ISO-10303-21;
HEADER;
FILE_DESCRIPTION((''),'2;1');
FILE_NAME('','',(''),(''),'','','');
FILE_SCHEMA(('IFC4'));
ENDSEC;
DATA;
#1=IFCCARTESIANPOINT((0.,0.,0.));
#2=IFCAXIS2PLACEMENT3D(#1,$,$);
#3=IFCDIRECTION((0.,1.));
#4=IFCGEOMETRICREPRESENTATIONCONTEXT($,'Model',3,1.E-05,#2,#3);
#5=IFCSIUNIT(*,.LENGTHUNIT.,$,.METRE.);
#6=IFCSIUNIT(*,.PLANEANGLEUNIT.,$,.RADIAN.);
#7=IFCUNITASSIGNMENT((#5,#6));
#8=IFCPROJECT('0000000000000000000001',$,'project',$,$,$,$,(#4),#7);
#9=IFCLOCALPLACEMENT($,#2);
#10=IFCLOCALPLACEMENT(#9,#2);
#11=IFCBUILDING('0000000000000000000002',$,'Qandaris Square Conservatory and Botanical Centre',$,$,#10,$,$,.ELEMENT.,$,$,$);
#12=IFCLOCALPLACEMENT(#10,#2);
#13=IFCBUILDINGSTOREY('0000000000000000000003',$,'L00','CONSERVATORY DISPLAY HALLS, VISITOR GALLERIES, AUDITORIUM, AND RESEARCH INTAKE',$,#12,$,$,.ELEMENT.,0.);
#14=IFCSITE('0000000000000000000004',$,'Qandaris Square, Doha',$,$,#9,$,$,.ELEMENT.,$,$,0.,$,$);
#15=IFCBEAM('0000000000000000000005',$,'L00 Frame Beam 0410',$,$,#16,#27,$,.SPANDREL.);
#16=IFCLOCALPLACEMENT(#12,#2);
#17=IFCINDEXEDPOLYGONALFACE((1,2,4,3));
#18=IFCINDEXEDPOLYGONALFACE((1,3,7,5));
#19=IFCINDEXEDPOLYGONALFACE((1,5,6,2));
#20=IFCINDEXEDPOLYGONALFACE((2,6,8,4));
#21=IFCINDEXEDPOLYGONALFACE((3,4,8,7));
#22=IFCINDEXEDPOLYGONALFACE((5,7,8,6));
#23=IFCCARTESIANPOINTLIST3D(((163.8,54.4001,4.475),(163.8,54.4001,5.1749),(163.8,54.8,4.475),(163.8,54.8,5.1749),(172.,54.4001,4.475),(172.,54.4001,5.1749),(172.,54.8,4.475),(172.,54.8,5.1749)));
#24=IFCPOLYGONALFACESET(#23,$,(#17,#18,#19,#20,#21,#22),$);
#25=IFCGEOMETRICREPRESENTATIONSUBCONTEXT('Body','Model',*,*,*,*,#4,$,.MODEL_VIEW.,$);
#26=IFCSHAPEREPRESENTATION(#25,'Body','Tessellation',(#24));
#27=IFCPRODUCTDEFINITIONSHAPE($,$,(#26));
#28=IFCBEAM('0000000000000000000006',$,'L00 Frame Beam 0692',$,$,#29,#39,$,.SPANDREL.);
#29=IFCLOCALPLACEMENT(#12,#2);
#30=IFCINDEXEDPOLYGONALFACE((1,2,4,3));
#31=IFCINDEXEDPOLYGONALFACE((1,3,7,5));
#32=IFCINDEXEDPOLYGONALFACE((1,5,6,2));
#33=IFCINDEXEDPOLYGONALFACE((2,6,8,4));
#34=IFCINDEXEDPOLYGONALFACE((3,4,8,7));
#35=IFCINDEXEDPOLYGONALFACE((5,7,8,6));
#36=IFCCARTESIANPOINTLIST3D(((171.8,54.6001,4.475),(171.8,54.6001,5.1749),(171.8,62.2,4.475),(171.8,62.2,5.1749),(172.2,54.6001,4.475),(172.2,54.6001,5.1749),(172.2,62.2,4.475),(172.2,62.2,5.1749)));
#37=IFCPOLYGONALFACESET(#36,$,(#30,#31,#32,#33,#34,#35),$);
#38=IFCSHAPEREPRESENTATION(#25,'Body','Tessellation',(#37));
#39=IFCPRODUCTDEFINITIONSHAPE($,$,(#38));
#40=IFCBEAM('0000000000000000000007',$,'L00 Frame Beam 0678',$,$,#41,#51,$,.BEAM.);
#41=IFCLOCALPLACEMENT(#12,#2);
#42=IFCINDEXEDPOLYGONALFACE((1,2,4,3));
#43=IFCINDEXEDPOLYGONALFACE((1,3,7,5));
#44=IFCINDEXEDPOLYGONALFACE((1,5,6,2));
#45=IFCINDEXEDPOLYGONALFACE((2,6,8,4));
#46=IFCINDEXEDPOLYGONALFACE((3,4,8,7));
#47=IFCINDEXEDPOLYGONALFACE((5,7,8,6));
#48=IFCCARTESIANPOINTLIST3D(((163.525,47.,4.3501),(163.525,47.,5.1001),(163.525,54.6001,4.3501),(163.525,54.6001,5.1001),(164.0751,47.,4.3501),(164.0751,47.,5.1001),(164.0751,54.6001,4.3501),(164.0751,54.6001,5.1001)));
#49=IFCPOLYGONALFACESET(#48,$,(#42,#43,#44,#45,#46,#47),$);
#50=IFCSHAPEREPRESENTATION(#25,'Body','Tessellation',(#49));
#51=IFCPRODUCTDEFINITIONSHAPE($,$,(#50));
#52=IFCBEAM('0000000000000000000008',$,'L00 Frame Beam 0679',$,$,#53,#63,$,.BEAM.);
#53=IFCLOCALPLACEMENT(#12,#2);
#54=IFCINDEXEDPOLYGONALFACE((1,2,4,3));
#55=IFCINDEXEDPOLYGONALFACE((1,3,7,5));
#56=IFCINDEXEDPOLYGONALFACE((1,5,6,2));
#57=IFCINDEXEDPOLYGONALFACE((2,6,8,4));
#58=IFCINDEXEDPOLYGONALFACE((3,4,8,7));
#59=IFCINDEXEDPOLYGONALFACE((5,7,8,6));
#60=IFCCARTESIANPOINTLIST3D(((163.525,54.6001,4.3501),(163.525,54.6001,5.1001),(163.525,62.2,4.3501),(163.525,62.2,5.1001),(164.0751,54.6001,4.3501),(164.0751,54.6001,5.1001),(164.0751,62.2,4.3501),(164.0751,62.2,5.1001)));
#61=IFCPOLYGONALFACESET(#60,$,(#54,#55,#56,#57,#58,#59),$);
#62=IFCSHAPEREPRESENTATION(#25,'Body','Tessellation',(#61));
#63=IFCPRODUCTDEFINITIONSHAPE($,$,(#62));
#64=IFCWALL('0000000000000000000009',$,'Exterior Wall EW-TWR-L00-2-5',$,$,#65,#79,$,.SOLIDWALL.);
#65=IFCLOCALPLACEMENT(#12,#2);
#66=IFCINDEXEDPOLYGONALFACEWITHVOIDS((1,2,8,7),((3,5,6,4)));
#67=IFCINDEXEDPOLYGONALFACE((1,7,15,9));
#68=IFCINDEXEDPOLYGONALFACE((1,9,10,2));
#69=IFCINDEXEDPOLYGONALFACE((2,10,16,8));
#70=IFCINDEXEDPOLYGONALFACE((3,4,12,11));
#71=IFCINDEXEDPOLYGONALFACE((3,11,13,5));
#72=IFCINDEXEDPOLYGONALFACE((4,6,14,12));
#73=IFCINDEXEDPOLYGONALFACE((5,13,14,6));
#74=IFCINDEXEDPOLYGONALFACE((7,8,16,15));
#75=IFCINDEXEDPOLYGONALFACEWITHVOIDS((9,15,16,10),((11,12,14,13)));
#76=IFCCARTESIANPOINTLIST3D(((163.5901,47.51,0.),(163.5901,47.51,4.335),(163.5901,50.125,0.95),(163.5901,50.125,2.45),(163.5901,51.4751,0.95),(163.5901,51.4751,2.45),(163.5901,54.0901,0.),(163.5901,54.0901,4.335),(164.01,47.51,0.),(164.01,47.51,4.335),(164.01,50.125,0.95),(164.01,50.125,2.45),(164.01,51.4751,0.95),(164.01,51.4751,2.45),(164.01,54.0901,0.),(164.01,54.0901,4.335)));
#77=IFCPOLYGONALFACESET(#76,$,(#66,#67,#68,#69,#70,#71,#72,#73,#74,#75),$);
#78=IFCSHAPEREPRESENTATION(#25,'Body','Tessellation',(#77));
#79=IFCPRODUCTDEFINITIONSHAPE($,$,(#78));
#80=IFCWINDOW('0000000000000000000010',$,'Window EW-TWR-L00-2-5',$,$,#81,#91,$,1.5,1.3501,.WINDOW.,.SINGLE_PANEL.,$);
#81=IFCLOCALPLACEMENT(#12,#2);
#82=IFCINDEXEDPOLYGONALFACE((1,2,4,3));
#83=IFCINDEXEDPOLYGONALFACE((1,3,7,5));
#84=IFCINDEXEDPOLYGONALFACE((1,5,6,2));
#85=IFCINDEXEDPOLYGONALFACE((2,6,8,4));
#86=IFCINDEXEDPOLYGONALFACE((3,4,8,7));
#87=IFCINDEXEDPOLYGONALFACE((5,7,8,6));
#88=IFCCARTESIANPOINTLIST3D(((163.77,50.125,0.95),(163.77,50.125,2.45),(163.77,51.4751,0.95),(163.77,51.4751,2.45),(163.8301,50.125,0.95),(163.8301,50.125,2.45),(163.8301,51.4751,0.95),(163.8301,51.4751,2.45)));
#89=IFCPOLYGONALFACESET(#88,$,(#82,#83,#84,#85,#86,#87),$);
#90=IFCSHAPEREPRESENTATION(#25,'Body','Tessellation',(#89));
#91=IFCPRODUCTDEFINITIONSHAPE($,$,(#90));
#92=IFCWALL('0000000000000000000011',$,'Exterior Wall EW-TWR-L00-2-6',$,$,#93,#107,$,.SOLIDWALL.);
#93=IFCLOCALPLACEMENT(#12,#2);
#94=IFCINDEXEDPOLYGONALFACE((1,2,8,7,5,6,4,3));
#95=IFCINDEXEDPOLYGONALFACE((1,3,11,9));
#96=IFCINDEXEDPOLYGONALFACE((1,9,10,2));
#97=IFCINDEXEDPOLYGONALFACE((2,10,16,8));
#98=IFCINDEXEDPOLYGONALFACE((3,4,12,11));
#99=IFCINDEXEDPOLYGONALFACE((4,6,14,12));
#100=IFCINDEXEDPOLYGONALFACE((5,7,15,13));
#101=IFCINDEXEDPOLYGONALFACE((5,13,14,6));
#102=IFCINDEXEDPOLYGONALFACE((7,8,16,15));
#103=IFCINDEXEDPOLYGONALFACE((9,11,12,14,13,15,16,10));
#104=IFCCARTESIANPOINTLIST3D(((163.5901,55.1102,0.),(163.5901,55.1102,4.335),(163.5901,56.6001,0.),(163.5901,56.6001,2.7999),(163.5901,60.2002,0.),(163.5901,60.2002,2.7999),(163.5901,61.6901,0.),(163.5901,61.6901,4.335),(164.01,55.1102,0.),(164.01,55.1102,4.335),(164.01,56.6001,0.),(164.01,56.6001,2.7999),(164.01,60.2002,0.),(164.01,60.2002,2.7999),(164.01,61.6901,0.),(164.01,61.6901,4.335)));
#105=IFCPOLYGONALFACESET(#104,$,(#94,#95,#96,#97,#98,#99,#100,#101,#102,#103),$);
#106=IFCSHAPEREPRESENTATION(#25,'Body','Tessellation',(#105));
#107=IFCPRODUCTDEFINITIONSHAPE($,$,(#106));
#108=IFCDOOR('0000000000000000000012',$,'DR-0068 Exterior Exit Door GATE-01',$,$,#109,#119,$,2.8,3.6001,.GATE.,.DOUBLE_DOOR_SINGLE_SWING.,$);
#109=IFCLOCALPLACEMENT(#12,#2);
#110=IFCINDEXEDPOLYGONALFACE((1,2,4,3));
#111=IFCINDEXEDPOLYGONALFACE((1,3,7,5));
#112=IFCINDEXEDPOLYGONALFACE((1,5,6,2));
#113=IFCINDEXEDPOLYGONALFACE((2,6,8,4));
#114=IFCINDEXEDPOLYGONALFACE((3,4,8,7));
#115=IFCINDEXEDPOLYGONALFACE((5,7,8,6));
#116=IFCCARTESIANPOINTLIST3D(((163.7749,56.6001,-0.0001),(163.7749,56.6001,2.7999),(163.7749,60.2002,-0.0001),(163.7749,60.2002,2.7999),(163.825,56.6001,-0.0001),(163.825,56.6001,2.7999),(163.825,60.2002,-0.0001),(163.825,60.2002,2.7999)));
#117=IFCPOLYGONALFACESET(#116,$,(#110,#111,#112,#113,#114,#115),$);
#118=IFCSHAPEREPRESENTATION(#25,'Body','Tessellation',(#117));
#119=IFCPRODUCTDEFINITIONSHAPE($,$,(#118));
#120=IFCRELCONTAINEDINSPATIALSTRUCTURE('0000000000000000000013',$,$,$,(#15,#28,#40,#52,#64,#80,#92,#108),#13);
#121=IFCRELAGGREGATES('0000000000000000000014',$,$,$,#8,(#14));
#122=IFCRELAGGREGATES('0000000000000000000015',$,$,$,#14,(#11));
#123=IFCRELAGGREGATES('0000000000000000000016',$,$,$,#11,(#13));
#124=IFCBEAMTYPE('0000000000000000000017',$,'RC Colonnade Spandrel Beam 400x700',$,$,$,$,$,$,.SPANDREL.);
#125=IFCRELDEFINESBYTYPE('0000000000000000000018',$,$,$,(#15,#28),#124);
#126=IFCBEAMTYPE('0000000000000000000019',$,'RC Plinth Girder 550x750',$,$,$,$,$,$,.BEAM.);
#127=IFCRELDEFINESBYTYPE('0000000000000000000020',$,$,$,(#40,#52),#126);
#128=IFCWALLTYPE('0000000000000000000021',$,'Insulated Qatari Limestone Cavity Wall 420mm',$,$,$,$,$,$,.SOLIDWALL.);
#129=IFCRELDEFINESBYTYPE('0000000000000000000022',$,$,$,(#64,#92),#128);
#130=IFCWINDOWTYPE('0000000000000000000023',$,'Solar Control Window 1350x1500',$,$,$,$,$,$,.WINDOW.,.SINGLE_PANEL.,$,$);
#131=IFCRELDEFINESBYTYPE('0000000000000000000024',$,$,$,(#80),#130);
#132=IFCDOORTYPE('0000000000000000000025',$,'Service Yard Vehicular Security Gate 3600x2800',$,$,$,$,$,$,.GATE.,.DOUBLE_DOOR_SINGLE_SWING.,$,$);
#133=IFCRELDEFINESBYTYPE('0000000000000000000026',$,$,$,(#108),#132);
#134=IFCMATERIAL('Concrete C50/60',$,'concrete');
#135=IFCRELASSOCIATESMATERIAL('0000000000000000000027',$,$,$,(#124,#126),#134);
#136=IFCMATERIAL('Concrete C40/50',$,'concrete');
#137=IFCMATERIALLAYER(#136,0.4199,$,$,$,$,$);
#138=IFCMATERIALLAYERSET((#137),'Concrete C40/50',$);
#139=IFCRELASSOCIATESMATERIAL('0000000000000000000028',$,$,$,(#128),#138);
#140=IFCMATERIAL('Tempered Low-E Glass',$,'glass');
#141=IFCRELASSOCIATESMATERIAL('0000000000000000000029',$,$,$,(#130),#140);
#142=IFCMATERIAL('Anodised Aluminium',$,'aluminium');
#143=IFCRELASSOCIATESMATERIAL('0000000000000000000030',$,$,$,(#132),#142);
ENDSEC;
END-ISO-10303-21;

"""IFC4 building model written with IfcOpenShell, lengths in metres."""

from ifc_helpers import new_model, si_unit, direction, frame, frame_2d, origin, origin_2d, place, context, subcontext, project, spatial, rectangle, extrude, material, layer, layer_set, material_profile, profile_set, type_object, element, fill, save


model = new_model("IFC4")

# Units and contexts
model_context = context("Model", 3, precision=1e-05, world=origin(), true_north=direction((0.0, 1.0)))
body_context = subcontext(model_context, "Body", "Model", "MODEL_VIEW")
ifc_project = project(units=[si_unit("LENGTHUNIT", "METRE"), si_unit("PLANEANGLEUNIT", "RADIAN")], contexts=[model_context])

# Site, building, storey
site_placement = place(None, origin())
site = spatial("IfcSite", under=ifc_project, at=site_placement, Name="Qandaris Square, Doha", CompositionType="ELEMENT", RefElevation=0.0)
building_placement = place(site_placement, origin())
building = spatial("IfcBuilding", under=site, at=building_placement, Name="Qandaris Square Conservatory and Botanical Centre", CompositionType="ELEMENT")
storey_placement = place(building_placement, origin())
storey = spatial("IfcBuildingStorey", under=building, at=storey_placement, Name="L00", Description="CONSERVATORY DISPLAY HALLS, VISITOR GALLERIES, AUDITORIUM, AND RESEARCH INTAKE", CompositionType="ELEMENT", Elevation=0.0)

# Shared definitions
ifc_material_1 = material(Name="Concrete C40/50", Category="concrete")

# Shared definitions
ifc_material_2 = material(Name="Concrete C50/60", Category="concrete")

# Beams
ifc_material_profile_1 = material_profile(ifc_material_2, rectangle(XDim=0.3999, YDim=0.7, at=origin_2d()), Name="RC-SP 400x700")
ifc_profile_set_1 = profile_set([ifc_material_profile_1], Name="Concrete C50/60")
beam_type_1 = type_object("IfcBeamType", Name="RC Colonnade Spandrel Beam 400x700", PredefinedType="SPANDREL", material=ifc_profile_set_1)
beam_1_placement = place(storey_placement, frame((163.8, 54.6001, 4.825), z_axis=(1.0, 0.0, 0.0), x_axis=(0.0, 1.0, 0.0)))
element("IfcBeam", 1, at=beam_1_placement, inside=storey, type_object=beam_type_1, Name="L00 Frame Beam 0410", PredefinedType="SPANDREL", context=body_context, shape_type="SweptSolid", body=[
    extrude(rectangle(XDim=0.3999, YDim=0.7, at=origin_2d()), origin(), (0.0, 0.0, 1.0), 8.2),
])
beam_2_placement = place(storey_placement, frame((172.0, 54.6001, 4.825), z_axis=(0.0, 1.0, 0.0), x_axis=(-1.0, 0.0, 0.0)))
element("IfcBeam", 2, at=beam_2_placement, inside=storey, type_object=beam_type_1, Name="L00 Frame Beam 0692", PredefinedType="SPANDREL", context=body_context, shape_type="SweptSolid", body=[
    extrude(rectangle(XDim=0.3999, YDim=0.7, at=origin_2d()), origin(), (0.0, 0.0, 1.0), 7.5999),
])
ifc_material_profile_2 = material_profile(ifc_material_2, rectangle(XDim=0.55, YDim=0.75, at=origin_2d()), Name="RC-BM 550x750")
ifc_profile_set_2 = profile_set([ifc_material_profile_2], Name="Concrete C50/60")
beam_type_2 = type_object("IfcBeamType", Name="RC Plinth Girder 550x750", PredefinedType="BEAM", material=ifc_profile_set_2)
beam_3_placement = place(storey_placement, frame((163.8, 47.0, 4.7251), z_axis=(0.0, 1.0, 0.0), x_axis=(-1.0, 0.0, 0.0)))
element("IfcBeam", 3, at=beam_3_placement, inside=storey, type_object=beam_type_2, Name="L00 Frame Beam 0678", PredefinedType="BEAM", context=body_context, shape_type="SweptSolid", body=[
    extrude(rectangle(XDim=0.55, YDim=0.75, at=origin_2d()), origin(), (0.0, 0.0, 1.0), 7.6001),
])
beam_4_placement = place(storey_placement, frame((163.8, 54.6001, 4.7251), z_axis=(0.0, 1.0, 0.0), x_axis=(-1.0, 0.0, 0.0)))
element("IfcBeam", 4, at=beam_4_placement, inside=storey, type_object=beam_type_2, Name="L00 Frame Beam 0679", PredefinedType="BEAM", context=body_context, shape_type="SweptSolid", body=[
    extrude(rectangle(XDim=0.55, YDim=0.75, at=origin_2d()), origin(), (0.0, 0.0, 1.0), 7.5999),
])

# Wall, opening, window
ifc_layer = layer(ifc_material_1, 0.4199)
ifc_layer_set = layer_set([ifc_layer], Name="Concrete C40/50")
wall_type = type_object("IfcWallType", Name="Insulated Qatari Limestone Cavity Wall 420mm", PredefinedType="SOLIDWALL", material=ifc_layer_set)
wall_1_placement = place(storey_placement, frame((163.8, 47.51, 0.0), z_axis=(0.0, 0.0, 1.0), x_axis=(0.0, 1.0, 0.0)))
wall_1 = element("IfcWall", 5, at=wall_1_placement, inside=storey, type_object=wall_type, Name="Exterior Wall EW-TWR-L00-2-5", PredefinedType="SOLIDWALL", context=body_context, shape_type="SweptSolid", body=[
    extrude(rectangle(XDim=6.5801, YDim=0.4199, at=frame_2d((3.29, 0.0))), origin(), (0.0, 0.0, 1.0), 4.335),
])
opening_1_placement = place(wall_1_placement, frame((2.615, 0.0, 0.95)))
opening_1 = element("IfcOpeningElement", 6, at=opening_1_placement, cuts=wall_1, PredefinedType="OPENING", context=body_context, shape_type="SweptSolid", body=[
    extrude(rectangle(XDim=1.3501, YDim=1.5, at=frame_2d((0.675, 0.75))), frame((0.0, 0.2219, 0.0), z_axis=(0.0, -1.0, 0.0), x_axis=(1.0, 0.0, 0.0)), (0.0, 0.0, 1.0), 0.4438),
])
ifc_material_3 = material(Name="Tempered Low-E Glass", Category="glass")
window_type = type_object("IfcWindowType", Name="Solar Control Window 1350x1500", PartitioningType="SINGLE_PANEL", PredefinedType="WINDOW", material=ifc_material_3)
window_placement = place(opening_1_placement, origin())
window = element("IfcWindow", 7, at=window_placement, inside=storey, type_object=window_type, Name="Window EW-TWR-L00-2-5", OverallHeight=1.5, OverallWidth=1.3501, PartitioningType="SINGLE_PANEL", PredefinedType="WINDOW", context=body_context, shape_type="SweptSolid", body=[
    extrude(rectangle(XDim=1.3501, YDim=1.5, at=frame_2d((0.675, 0.75))), frame((0.0, 0.03, 0.0), z_axis=(0.0, -1.0, 0.0), x_axis=(1.0, 0.0, 0.0)), (0.0, 0.0, 1.0), 0.0601),
])
fill(opening_1, window)

# Wall, opening, door
wall_2_placement = place(storey_placement, frame((163.8, 55.1101, 0.0), z_axis=(0.0, 0.0, 1.0), x_axis=(0.0, 1.0, 0.0)))
wall_2 = element("IfcWall", 8, at=wall_2_placement, inside=storey, type_object=wall_type, Name="Exterior Wall EW-TWR-L00-2-6", PredefinedType="SOLIDWALL", context=body_context, shape_type="SweptSolid", body=[
    extrude(rectangle(XDim=6.5798, YDim=0.4199, at=frame_2d((3.29, 0.0))), origin(), (0.0, 0.0, 1.0), 4.335),
])
opening_2_placement = place(wall_2_placement, frame((1.49, 0.0, 0.0)))
opening_2 = element("IfcOpeningElement", 9, at=opening_2_placement, cuts=wall_2, PredefinedType="OPENING", context=body_context, shape_type="SweptSolid", body=[
    extrude(rectangle(XDim=3.6001, YDim=2.8, at=frame_2d((1.8, 1.3999))), frame((0.0, 0.2219, 0.0), z_axis=(0.0, -1.0, 0.0), x_axis=(1.0, 0.0, 0.0)), (0.0, 0.0, 1.0), 0.4438),
])
ifc_material_4 = material(Name="Anodised Aluminium", Category="aluminium")
door_type = type_object("IfcDoorType", Name="Service Yard Vehicular Security Gate 3600x2800", OperationType="DOUBLE_DOOR_SINGLE_SWING", PredefinedType="GATE", material=ifc_material_4)
door_placement = place(opening_2_placement, frame((3.6001, 0.0, 0.0), z_axis=(0.0, 0.0, 1.0), x_axis=(-1.0, 0.0, 0.0)))
door = element("IfcDoor", 10, at=door_placement, inside=storey, type_object=door_type, Name="DR-0068 Exterior Exit Door GATE-01", OperationType="DOUBLE_DOOR_SINGLE_SWING", OverallHeight=2.8, OverallWidth=3.6001, PredefinedType="GATE", context=body_context, shape_type="SweptSolid", body=[
    extrude(rectangle(XDim=3.6001, YDim=2.8, at=frame_2d((1.8, 1.3999))), frame((0.0, 0.0249, 0.0), z_axis=(0.0, -1.0, 0.0), x_axis=(1.0, 0.0, 0.0)), (0.0, 0.0, 1.0), 0.05),
])
fill(opening_2, door)

save(model, "model.ifc")
